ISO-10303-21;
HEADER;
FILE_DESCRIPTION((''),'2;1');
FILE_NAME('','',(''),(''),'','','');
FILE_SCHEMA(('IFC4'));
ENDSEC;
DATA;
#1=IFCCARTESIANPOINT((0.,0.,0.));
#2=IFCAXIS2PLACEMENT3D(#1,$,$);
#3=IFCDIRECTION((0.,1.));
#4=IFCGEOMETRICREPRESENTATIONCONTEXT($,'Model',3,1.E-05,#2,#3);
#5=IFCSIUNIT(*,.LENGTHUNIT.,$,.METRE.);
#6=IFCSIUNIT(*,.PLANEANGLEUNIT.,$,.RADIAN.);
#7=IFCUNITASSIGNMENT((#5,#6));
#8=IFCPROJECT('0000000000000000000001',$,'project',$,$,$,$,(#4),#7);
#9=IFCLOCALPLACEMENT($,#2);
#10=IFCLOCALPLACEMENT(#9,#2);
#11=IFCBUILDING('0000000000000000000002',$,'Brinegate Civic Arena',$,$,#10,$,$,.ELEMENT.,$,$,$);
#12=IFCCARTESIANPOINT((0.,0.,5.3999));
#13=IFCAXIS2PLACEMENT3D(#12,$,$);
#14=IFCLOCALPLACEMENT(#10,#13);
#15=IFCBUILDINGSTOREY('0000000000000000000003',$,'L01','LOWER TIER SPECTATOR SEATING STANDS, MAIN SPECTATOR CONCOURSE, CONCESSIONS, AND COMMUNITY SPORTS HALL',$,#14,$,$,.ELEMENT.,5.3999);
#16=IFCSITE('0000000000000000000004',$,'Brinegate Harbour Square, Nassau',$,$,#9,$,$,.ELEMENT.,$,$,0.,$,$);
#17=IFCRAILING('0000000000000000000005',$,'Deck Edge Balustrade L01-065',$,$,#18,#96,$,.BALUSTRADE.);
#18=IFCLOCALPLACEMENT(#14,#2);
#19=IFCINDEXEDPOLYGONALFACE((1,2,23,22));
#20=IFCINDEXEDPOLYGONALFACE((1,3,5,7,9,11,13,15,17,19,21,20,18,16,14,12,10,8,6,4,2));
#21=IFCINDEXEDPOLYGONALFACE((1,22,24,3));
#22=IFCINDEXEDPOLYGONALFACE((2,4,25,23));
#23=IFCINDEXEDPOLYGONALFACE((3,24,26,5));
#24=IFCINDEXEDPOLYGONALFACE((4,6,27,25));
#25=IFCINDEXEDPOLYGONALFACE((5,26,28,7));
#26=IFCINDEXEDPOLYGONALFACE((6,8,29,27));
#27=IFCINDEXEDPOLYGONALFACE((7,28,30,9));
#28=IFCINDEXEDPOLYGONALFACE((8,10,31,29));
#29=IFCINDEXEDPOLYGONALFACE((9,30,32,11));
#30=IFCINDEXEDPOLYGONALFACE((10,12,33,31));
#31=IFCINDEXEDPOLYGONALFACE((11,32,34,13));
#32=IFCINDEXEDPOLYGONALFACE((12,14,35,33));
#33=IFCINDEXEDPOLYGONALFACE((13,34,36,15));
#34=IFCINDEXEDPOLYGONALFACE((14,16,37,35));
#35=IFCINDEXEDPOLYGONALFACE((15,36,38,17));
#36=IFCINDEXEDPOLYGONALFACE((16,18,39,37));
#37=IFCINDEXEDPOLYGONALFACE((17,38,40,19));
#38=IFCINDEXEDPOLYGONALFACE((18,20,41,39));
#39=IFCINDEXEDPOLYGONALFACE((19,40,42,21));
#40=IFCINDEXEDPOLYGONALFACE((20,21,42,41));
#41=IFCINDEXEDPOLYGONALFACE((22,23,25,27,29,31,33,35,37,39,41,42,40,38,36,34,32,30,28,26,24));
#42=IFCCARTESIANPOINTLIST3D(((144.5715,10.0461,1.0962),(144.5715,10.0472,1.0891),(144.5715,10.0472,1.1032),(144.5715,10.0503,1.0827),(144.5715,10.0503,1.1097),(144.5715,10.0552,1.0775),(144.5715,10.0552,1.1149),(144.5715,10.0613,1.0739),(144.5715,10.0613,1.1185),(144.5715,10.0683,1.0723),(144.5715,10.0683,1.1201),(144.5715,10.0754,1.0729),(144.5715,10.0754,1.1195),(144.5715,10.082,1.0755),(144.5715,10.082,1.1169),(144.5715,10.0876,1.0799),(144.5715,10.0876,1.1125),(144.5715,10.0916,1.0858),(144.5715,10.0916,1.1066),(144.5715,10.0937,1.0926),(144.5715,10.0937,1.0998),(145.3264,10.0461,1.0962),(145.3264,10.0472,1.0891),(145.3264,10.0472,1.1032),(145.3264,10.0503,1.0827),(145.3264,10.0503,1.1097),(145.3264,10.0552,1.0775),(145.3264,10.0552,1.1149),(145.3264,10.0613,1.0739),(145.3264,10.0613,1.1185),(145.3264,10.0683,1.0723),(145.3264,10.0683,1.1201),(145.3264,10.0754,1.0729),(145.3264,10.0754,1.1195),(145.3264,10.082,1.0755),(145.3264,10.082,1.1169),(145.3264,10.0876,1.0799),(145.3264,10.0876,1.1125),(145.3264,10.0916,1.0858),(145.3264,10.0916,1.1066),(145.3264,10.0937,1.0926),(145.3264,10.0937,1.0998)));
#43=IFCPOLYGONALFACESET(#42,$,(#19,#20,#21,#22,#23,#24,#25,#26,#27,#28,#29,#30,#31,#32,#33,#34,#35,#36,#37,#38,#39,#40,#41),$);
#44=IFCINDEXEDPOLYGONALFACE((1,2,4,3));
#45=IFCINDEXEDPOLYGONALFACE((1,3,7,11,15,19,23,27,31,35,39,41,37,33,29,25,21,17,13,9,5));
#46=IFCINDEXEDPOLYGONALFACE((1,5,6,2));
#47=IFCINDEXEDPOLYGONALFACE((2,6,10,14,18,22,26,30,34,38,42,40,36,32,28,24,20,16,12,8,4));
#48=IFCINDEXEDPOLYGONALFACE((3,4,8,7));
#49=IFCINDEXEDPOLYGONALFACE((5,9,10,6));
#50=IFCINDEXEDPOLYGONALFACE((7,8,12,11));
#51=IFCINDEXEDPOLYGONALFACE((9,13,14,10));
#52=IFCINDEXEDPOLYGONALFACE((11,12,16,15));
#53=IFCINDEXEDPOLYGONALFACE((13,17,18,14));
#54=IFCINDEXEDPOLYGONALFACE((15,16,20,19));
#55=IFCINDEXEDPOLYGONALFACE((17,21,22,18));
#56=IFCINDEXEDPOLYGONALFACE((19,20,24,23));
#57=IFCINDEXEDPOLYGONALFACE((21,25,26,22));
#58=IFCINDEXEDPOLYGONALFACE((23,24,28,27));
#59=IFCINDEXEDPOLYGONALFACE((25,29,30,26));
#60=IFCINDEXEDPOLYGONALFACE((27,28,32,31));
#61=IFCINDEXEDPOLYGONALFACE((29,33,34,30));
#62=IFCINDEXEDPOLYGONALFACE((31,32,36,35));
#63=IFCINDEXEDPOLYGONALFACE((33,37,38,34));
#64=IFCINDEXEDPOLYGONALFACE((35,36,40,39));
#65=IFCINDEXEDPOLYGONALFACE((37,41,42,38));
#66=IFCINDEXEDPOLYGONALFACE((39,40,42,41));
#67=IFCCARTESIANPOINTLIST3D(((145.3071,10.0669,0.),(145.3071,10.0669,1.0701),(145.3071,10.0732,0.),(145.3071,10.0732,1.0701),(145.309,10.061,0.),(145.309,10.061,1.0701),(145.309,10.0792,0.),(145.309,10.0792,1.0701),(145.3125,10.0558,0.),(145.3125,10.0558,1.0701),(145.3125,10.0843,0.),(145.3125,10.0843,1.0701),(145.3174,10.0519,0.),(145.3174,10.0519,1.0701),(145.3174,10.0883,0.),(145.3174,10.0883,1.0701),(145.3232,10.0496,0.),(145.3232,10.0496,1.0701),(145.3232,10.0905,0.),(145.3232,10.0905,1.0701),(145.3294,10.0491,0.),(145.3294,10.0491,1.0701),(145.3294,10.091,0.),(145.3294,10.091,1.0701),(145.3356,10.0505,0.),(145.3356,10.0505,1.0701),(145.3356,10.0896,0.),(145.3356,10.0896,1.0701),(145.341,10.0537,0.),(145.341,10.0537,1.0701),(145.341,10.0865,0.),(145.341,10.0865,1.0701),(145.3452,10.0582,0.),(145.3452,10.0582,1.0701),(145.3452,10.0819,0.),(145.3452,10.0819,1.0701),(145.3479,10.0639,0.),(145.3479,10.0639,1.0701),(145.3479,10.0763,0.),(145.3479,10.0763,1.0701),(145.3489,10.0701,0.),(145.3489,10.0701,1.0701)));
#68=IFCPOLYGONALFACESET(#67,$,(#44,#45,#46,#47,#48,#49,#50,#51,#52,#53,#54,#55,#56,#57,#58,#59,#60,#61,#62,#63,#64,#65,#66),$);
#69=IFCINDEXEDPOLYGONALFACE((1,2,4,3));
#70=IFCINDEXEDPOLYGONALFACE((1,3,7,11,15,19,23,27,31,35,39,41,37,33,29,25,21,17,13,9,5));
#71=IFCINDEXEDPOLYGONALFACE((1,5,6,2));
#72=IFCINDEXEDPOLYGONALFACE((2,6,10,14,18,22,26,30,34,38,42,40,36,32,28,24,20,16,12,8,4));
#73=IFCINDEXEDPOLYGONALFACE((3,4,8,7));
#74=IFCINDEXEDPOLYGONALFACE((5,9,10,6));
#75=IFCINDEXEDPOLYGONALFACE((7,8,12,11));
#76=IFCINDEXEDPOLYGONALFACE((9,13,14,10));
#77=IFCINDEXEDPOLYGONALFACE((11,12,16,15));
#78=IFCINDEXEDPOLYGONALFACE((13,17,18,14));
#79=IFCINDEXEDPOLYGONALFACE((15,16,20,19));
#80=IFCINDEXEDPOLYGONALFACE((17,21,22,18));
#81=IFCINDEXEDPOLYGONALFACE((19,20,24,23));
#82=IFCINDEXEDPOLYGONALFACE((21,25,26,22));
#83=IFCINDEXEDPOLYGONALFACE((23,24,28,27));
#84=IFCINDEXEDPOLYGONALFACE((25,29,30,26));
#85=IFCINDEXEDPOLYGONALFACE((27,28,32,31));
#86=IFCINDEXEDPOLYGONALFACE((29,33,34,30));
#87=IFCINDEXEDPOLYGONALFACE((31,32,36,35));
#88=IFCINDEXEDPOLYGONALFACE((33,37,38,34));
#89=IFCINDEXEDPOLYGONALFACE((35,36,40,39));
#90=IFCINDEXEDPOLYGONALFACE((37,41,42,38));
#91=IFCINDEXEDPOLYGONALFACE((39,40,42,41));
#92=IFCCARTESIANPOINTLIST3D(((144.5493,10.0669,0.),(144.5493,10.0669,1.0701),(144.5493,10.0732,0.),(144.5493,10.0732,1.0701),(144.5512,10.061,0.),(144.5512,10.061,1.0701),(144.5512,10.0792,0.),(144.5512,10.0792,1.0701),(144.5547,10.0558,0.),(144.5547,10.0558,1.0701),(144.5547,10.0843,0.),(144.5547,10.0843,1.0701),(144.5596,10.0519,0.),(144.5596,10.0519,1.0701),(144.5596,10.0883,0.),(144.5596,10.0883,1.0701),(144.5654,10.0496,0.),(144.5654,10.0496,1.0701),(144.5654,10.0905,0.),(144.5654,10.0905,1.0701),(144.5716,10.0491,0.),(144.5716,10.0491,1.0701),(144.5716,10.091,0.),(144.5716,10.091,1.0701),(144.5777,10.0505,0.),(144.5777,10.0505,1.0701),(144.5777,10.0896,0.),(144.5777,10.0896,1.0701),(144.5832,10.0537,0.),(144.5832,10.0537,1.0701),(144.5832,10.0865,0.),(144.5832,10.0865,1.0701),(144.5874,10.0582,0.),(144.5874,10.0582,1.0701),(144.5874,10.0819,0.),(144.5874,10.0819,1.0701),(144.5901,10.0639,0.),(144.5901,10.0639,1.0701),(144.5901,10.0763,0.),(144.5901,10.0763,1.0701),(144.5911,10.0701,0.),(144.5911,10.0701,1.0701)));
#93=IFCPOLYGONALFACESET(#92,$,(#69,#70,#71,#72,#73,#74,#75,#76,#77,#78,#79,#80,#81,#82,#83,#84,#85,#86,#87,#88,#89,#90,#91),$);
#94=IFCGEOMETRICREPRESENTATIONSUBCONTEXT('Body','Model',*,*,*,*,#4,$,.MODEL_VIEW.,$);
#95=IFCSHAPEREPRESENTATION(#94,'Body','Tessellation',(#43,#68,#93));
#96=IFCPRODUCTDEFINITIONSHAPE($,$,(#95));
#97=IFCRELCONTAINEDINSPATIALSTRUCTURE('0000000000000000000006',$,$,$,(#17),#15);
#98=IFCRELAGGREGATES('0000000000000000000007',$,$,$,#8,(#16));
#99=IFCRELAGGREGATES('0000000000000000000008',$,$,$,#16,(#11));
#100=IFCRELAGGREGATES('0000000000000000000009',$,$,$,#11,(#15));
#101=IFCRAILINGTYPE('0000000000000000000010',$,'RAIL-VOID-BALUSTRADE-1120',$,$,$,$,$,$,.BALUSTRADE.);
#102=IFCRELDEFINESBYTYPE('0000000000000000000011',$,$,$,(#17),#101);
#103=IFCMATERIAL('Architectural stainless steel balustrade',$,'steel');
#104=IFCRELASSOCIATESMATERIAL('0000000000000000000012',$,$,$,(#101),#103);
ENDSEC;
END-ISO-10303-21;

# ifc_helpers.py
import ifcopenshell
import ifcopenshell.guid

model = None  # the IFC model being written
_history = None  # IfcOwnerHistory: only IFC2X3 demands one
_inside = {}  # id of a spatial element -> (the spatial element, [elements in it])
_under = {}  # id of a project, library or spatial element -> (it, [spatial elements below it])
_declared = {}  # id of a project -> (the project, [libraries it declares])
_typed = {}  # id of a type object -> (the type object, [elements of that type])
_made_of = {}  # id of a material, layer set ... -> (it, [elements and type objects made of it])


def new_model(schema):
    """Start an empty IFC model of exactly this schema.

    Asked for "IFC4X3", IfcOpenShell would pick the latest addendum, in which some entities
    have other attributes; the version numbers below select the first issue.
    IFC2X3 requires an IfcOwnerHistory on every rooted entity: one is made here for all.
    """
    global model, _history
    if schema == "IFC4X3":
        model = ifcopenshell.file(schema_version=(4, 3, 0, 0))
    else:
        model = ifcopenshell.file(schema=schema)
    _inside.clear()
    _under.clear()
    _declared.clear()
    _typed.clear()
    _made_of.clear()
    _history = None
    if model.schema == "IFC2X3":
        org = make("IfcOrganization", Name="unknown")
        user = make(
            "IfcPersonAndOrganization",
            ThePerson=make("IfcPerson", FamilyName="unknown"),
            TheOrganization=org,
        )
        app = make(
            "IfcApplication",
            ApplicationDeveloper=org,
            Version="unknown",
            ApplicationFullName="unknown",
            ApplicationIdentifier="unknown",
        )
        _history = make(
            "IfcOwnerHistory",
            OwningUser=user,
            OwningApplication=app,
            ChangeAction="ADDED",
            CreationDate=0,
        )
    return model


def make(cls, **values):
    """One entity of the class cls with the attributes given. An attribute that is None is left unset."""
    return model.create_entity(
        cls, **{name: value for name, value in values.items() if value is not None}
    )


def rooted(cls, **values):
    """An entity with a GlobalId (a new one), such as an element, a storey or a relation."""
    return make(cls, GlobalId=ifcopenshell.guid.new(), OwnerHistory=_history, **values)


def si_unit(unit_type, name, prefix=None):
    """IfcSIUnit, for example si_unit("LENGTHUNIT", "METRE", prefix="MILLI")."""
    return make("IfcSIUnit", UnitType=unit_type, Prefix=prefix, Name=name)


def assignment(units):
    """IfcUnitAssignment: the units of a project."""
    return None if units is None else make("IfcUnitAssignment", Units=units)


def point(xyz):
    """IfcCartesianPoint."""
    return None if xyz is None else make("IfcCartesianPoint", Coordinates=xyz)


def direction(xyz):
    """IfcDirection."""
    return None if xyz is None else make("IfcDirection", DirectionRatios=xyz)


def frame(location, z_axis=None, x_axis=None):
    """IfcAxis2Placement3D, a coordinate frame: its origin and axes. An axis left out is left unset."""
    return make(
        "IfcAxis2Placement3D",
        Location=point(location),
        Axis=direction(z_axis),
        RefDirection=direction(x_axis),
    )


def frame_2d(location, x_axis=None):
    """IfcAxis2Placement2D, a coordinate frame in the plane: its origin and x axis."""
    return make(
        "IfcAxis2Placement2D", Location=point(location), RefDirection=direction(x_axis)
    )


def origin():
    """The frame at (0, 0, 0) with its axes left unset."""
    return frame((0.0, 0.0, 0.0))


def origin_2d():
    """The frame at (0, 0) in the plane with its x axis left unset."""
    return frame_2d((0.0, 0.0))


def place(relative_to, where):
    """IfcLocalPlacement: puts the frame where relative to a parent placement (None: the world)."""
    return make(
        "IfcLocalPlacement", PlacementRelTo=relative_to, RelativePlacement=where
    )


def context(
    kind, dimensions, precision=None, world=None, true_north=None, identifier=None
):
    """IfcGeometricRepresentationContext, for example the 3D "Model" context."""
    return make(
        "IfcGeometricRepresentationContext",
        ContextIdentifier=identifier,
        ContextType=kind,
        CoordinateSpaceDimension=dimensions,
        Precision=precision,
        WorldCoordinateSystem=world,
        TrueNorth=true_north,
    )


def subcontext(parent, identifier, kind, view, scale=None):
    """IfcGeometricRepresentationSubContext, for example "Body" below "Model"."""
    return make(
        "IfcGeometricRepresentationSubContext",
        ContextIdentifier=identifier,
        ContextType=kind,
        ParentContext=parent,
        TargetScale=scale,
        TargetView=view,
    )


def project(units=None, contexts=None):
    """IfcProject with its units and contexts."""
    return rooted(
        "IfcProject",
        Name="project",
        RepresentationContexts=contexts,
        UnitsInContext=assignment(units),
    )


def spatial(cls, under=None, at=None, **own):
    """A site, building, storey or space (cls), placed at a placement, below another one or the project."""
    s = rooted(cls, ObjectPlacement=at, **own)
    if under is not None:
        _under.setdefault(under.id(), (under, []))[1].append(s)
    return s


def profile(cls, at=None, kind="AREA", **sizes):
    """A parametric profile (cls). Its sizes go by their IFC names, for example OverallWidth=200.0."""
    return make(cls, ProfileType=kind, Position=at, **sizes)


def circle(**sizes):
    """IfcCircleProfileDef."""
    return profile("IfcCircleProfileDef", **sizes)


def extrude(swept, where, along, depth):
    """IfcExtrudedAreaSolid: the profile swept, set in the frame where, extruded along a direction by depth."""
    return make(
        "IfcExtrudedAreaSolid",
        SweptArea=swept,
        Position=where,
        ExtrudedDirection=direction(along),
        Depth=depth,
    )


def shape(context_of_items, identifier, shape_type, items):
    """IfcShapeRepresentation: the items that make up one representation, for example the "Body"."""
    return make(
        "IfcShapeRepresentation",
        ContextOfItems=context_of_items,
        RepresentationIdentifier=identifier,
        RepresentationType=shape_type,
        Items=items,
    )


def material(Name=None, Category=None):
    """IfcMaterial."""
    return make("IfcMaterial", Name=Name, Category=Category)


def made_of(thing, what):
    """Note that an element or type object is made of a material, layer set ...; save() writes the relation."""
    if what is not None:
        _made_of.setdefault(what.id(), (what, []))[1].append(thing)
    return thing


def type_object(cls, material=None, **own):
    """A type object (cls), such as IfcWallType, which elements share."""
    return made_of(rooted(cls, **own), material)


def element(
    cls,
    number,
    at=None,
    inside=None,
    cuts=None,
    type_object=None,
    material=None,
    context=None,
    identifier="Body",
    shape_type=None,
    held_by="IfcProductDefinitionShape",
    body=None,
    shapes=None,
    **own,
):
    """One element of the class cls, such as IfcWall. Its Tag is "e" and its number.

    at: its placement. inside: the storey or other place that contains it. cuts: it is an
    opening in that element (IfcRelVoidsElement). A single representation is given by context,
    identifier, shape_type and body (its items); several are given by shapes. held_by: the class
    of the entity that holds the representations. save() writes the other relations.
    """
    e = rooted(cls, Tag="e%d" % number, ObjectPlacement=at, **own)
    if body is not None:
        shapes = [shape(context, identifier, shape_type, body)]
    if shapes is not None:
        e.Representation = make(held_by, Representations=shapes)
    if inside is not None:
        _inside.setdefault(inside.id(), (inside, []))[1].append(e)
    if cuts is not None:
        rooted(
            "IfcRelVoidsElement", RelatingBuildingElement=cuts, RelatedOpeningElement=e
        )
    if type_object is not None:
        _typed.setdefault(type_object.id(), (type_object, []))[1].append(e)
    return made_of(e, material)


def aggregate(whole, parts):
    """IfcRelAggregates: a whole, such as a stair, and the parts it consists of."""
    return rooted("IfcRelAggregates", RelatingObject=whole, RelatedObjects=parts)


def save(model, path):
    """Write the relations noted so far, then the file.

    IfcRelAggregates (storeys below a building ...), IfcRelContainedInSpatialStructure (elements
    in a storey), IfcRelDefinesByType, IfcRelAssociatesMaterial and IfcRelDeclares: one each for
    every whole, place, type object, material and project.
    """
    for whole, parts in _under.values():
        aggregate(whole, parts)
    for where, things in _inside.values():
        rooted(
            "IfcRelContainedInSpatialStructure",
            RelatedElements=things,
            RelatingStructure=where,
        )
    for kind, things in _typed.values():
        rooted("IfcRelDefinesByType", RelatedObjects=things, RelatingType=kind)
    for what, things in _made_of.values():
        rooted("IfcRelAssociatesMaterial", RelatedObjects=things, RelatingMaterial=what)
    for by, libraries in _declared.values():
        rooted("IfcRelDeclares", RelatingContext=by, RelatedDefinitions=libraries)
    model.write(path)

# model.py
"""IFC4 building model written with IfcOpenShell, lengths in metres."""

from ifc_helpers import new_model, si_unit, direction, frame, origin, origin_2d, place, context, subcontext, project, spatial, circle, extrude, material, type_object, element, save


model = new_model("IFC4")

# Units and contexts
model_context = context("Model", 3, precision=1e-05, world=origin(), true_north=direction((0.0, 1.0)))
body_context = subcontext(model_context, "Body", "Model", "MODEL_VIEW")
ifc_project = project(units=[si_unit("LENGTHUNIT", "METRE"), si_unit("PLANEANGLEUNIT", "RADIAN")], contexts=[model_context])

# Site, building, storey
site_placement = place(None, origin())
site = spatial("IfcSite", under=ifc_project, at=site_placement, Name="Brinegate Harbour Square, Nassau", CompositionType="ELEMENT", RefElevation=0.0)
building_placement = place(site_placement, origin())
building = spatial("IfcBuilding", under=site, at=building_placement, Name="Brinegate Civic Arena", CompositionType="ELEMENT")
storey_placement = place(building_placement, frame((0.0, 0.0, 5.3999)))
storey = spatial("IfcBuildingStorey", under=building, at=storey_placement, Name="L01", Description="LOWER TIER SPECTATOR SEATING STANDS, MAIN SPECTATOR CONCOURSE, CONCESSIONS, AND COMMUNITY SPORTS HALL", CompositionType="ELEMENT", Elevation=5.3999)

# Railing
ifc_material_1 = material(Name="Architectural stainless steel balustrade", Category="steel")
railing_type = type_object("IfcRailingType", Name="RAIL-VOID-BALUSTRADE-1120", PredefinedType="BALUSTRADE", material=ifc_material_1)
railing_placement = place(storey_placement, frame((145.3279, 10.0701, 0.0)))
element("IfcRailing", 1, at=railing_placement, inside=storey, type_object=railing_type, Name="Deck Edge Balustrade L01-065", PredefinedType="BALUSTRADE", context=body_context, shape_type="SweptSolid", body=[
    extrude(circle(Radius=0.0239, at=origin_2d()), frame((-0.0015, 0.0, 1.0962), z_axis=(-1.0, 0.0, 0.0), x_axis=(0.0, -1.0, 0.0)), (0.0, 0.0, 1.0), 0.7549),
    extrude(circle(Radius=0.021, at=origin_2d()), origin(), (0.0, 0.0, 1.0), 1.0701),
    extrude(circle(Radius=0.021, at=origin_2d()), frame((-0.7578, 0.0, 0.0)), (0.0, 0.0, 1.0), 1.0701),
])

save(model, "model.ifc")
